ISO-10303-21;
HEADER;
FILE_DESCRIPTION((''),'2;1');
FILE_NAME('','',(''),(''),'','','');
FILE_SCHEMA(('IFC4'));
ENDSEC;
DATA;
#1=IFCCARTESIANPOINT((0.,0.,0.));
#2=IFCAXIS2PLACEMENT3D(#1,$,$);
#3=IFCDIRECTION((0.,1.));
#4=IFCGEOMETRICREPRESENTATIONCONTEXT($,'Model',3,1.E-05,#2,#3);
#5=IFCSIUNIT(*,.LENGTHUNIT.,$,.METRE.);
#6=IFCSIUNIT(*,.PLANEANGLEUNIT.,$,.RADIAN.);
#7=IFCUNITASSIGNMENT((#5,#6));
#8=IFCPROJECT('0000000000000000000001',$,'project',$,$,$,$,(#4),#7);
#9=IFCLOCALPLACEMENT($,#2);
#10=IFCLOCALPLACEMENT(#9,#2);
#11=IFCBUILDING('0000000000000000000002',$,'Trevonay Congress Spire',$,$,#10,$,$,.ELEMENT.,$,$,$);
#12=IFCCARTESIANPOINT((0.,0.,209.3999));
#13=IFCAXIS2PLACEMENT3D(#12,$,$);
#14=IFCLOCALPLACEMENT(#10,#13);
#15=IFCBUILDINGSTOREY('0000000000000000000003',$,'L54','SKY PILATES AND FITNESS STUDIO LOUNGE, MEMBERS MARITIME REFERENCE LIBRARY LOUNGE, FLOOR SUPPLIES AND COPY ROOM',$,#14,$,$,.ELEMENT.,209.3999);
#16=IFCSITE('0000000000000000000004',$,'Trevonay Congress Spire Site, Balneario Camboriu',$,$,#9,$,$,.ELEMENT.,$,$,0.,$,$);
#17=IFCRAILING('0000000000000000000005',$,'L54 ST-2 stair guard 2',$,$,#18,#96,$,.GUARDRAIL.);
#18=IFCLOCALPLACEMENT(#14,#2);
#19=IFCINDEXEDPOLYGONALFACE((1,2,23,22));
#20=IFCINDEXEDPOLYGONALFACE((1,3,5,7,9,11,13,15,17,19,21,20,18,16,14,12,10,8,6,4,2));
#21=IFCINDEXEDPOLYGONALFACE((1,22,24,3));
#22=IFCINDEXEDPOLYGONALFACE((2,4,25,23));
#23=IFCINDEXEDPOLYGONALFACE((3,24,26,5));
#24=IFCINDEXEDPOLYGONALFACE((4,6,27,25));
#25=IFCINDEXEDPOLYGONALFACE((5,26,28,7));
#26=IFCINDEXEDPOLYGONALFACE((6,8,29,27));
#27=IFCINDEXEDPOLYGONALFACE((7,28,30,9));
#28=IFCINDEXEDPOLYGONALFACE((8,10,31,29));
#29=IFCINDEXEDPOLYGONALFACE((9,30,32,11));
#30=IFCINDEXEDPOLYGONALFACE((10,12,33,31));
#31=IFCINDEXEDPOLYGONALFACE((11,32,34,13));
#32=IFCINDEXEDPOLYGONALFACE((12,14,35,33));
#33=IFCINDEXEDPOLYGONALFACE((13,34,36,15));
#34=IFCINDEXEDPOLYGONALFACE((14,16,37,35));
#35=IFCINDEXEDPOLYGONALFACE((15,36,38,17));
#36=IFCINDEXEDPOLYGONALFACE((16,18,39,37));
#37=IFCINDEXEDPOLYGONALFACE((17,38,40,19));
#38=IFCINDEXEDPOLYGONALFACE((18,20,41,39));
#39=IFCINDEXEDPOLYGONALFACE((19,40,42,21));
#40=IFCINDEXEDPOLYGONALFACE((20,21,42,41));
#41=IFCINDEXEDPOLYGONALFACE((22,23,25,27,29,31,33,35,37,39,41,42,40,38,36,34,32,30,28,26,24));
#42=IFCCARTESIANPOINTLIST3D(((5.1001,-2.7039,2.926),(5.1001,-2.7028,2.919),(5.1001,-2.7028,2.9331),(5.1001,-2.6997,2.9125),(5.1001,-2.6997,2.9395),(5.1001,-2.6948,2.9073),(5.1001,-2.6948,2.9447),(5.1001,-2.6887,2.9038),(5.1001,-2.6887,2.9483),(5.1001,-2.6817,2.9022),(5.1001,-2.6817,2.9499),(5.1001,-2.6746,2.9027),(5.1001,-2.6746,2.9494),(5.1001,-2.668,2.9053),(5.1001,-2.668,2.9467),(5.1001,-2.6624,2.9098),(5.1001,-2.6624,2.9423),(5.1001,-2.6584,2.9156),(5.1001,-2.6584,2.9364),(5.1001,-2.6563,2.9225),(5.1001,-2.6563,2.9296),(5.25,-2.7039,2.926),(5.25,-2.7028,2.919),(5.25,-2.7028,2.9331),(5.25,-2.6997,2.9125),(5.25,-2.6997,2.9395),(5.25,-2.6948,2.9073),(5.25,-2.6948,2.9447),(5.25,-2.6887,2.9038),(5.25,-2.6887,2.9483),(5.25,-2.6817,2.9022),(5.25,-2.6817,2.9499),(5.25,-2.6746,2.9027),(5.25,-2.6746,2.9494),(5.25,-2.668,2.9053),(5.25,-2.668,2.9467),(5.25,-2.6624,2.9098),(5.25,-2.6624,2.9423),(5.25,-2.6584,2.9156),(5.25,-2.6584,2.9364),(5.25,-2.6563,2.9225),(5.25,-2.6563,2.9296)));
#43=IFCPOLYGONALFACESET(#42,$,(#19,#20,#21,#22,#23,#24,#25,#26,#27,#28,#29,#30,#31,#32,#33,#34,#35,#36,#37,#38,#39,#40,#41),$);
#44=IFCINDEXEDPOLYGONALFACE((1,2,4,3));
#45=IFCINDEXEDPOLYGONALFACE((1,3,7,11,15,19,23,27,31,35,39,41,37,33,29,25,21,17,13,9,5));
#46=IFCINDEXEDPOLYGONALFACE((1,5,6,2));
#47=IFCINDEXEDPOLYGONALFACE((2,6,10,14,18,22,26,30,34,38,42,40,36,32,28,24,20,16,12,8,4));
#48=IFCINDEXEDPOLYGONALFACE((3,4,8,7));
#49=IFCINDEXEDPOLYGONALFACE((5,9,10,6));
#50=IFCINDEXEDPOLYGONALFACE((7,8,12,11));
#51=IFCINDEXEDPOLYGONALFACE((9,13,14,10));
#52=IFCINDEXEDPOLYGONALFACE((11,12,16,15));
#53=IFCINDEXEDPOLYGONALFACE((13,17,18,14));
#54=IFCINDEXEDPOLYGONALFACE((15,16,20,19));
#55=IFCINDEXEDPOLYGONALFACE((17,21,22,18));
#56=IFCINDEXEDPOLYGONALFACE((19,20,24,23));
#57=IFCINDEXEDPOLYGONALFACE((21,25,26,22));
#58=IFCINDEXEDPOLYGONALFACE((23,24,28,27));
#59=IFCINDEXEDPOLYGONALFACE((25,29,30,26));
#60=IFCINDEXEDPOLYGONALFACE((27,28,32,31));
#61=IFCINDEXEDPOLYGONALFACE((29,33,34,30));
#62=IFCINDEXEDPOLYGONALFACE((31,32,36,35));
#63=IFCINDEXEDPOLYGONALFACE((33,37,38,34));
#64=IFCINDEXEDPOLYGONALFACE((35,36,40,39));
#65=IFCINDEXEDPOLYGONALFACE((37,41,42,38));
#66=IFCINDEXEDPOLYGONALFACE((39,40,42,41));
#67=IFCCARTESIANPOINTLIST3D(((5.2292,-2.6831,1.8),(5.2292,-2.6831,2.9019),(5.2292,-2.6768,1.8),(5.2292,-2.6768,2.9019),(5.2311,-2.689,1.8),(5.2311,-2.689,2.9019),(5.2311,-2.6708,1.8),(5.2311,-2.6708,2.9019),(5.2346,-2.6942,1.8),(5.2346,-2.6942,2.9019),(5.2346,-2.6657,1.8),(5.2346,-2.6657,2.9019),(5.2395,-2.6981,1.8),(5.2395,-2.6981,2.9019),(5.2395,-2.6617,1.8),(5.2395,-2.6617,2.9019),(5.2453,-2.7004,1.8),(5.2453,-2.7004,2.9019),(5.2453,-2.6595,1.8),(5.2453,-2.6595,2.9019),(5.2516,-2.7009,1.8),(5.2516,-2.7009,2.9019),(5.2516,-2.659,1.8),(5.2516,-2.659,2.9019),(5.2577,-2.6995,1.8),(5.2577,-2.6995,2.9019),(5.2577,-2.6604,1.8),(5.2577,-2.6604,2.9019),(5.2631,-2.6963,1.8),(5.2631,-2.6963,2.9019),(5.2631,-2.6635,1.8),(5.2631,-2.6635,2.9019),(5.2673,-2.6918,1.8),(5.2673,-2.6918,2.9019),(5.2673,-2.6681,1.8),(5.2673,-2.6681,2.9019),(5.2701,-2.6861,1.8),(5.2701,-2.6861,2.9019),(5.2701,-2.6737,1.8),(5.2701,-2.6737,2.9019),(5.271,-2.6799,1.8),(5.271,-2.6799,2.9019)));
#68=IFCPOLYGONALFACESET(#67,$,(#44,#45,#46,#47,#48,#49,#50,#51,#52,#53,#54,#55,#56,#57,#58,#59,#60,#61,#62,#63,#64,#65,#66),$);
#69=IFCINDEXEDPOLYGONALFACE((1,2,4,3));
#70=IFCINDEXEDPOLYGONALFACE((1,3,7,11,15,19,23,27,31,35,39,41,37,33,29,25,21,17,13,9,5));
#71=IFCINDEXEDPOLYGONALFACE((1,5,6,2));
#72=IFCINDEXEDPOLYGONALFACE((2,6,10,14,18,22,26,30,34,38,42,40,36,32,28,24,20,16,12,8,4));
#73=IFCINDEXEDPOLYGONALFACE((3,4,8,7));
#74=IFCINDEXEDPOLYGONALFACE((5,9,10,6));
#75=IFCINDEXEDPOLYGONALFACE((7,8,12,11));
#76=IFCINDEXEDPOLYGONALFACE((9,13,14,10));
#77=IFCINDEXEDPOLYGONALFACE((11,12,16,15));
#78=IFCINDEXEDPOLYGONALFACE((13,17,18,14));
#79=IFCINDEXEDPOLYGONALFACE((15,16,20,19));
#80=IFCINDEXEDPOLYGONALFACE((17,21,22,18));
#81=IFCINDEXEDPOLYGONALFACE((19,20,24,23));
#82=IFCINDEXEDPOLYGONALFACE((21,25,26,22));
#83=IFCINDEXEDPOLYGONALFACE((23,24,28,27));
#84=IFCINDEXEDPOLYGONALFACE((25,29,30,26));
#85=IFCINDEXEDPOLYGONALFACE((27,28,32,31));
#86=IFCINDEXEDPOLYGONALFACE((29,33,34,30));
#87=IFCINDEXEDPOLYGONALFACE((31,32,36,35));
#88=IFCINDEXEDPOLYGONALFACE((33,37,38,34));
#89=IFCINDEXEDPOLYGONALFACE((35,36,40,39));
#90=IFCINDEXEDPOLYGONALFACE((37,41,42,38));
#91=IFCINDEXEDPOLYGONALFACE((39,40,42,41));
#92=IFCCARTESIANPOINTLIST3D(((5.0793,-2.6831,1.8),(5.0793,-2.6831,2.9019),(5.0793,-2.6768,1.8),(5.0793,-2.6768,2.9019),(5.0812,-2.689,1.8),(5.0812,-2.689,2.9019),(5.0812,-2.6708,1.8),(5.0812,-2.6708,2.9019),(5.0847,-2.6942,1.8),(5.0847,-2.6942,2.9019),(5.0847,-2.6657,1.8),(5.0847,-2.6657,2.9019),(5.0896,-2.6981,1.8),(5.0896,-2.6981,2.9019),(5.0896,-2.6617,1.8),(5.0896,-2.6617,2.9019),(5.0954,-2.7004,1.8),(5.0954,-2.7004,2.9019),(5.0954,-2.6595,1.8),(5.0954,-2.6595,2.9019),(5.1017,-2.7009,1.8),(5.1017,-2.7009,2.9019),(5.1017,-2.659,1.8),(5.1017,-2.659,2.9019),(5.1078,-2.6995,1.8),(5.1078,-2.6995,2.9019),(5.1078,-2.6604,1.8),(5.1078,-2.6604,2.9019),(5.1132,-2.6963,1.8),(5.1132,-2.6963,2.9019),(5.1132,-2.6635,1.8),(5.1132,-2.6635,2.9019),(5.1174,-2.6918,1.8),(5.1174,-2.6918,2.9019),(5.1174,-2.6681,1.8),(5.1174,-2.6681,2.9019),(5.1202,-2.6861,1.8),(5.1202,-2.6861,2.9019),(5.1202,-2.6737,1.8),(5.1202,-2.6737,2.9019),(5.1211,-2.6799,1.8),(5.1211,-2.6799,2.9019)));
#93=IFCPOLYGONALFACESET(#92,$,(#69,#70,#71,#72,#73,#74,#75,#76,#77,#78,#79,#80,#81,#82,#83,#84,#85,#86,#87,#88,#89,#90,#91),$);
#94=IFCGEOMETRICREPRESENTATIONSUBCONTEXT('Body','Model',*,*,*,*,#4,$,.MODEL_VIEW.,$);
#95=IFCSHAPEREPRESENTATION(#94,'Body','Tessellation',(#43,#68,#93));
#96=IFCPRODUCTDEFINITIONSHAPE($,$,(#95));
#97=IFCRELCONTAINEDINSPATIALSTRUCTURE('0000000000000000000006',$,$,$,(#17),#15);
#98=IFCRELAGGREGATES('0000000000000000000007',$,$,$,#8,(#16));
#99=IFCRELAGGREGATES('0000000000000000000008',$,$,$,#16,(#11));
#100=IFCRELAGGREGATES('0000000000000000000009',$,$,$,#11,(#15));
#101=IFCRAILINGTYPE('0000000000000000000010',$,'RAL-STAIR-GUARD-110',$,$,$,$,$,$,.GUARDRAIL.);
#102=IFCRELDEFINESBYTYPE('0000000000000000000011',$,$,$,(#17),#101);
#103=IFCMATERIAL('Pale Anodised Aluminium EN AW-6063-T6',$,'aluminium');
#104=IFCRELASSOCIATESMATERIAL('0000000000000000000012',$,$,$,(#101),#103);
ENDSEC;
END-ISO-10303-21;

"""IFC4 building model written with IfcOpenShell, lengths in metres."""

from ifc_helpers import new_model, si_unit, direction, frame, origin, origin_2d, place, context, subcontext, project, spatial, circle, extrude, material, type_object, element, save


model = new_model("IFC4")

# Units and contexts
model_context = context("Model", 3, precision=1e-05, world=origin(), true_north=direction((0.0, 1.0)))
body_context = subcontext(model_context, "Body", "Model", "MODEL_VIEW")
ifc_project = project(units=[si_unit("LENGTHUNIT", "METRE"), si_unit("PLANEANGLEUNIT", "RADIAN")], contexts=[model_context])

# Site, building, storey
site_placement = place(None, origin())
site = spatial("IfcSite", under=ifc_project, at=site_placement, Name="Trevonay Congress Spire Site, Balneario Camboriu", CompositionType="ELEMENT", RefElevation=0.0)
building_placement = place(site_placement, origin())
building = spatial("IfcBuilding", under=site, at=building_placement, Name="Trevonay Congress Spire", CompositionType="ELEMENT")
storey_placement = place(building_placement, frame((0.0, 0.0, 209.3999)))
storey = spatial("IfcBuildingStorey", under=building, at=storey_placement, Name="L54", Description="SKY PILATES AND FITNESS STUDIO LOUNGE, MEMBERS MARITIME REFERENCE LIBRARY LOUNGE, FLOOR SUPPLIES AND COPY ROOM", CompositionType="ELEMENT", Elevation=209.3999)

# Shared definitions
ifc_material_1 = material(Name="Pale Anodised Aluminium EN AW-6063-T6", Category="aluminium")

# Railing
railing_type_1 = type_object("IfcRailingType", Name="RAL-STAIR-GUARD-110", PredefinedType="GUARDRAIL", material=ifc_material_1)
railing_1_placement = place(storey_placement, frame((5.25, -2.6799, 1.8)))
element("IfcRailing", 1, at=railing_1_placement, inside=storey, type_object=railing_type_1, Name="L54 ST-2 stair guard 2", PredefinedType="GUARDRAIL", context=body_context, shape_type="SweptSolid", body=[
    extrude(circle(Radius=0.0239, at=origin_2d()), frame((0.0, 0.0, 1.126), z_axis=(-1.0, 0.0, 0.0), x_axis=(0.0, -1.0, 0.0)), (0.0, 0.0, 1.0), 0.1499),
    extrude(circle(Radius=0.021, at=origin_2d()), origin(), (0.0, 0.0, 1.0), 1.1018),
    extrude(circle(Radius=0.021, at=origin_2d()), frame((-0.1499, 0.0, 0.0)), (0.0, 0.0, 1.0), 1.1018),
])

save(model, "model.ifc")
